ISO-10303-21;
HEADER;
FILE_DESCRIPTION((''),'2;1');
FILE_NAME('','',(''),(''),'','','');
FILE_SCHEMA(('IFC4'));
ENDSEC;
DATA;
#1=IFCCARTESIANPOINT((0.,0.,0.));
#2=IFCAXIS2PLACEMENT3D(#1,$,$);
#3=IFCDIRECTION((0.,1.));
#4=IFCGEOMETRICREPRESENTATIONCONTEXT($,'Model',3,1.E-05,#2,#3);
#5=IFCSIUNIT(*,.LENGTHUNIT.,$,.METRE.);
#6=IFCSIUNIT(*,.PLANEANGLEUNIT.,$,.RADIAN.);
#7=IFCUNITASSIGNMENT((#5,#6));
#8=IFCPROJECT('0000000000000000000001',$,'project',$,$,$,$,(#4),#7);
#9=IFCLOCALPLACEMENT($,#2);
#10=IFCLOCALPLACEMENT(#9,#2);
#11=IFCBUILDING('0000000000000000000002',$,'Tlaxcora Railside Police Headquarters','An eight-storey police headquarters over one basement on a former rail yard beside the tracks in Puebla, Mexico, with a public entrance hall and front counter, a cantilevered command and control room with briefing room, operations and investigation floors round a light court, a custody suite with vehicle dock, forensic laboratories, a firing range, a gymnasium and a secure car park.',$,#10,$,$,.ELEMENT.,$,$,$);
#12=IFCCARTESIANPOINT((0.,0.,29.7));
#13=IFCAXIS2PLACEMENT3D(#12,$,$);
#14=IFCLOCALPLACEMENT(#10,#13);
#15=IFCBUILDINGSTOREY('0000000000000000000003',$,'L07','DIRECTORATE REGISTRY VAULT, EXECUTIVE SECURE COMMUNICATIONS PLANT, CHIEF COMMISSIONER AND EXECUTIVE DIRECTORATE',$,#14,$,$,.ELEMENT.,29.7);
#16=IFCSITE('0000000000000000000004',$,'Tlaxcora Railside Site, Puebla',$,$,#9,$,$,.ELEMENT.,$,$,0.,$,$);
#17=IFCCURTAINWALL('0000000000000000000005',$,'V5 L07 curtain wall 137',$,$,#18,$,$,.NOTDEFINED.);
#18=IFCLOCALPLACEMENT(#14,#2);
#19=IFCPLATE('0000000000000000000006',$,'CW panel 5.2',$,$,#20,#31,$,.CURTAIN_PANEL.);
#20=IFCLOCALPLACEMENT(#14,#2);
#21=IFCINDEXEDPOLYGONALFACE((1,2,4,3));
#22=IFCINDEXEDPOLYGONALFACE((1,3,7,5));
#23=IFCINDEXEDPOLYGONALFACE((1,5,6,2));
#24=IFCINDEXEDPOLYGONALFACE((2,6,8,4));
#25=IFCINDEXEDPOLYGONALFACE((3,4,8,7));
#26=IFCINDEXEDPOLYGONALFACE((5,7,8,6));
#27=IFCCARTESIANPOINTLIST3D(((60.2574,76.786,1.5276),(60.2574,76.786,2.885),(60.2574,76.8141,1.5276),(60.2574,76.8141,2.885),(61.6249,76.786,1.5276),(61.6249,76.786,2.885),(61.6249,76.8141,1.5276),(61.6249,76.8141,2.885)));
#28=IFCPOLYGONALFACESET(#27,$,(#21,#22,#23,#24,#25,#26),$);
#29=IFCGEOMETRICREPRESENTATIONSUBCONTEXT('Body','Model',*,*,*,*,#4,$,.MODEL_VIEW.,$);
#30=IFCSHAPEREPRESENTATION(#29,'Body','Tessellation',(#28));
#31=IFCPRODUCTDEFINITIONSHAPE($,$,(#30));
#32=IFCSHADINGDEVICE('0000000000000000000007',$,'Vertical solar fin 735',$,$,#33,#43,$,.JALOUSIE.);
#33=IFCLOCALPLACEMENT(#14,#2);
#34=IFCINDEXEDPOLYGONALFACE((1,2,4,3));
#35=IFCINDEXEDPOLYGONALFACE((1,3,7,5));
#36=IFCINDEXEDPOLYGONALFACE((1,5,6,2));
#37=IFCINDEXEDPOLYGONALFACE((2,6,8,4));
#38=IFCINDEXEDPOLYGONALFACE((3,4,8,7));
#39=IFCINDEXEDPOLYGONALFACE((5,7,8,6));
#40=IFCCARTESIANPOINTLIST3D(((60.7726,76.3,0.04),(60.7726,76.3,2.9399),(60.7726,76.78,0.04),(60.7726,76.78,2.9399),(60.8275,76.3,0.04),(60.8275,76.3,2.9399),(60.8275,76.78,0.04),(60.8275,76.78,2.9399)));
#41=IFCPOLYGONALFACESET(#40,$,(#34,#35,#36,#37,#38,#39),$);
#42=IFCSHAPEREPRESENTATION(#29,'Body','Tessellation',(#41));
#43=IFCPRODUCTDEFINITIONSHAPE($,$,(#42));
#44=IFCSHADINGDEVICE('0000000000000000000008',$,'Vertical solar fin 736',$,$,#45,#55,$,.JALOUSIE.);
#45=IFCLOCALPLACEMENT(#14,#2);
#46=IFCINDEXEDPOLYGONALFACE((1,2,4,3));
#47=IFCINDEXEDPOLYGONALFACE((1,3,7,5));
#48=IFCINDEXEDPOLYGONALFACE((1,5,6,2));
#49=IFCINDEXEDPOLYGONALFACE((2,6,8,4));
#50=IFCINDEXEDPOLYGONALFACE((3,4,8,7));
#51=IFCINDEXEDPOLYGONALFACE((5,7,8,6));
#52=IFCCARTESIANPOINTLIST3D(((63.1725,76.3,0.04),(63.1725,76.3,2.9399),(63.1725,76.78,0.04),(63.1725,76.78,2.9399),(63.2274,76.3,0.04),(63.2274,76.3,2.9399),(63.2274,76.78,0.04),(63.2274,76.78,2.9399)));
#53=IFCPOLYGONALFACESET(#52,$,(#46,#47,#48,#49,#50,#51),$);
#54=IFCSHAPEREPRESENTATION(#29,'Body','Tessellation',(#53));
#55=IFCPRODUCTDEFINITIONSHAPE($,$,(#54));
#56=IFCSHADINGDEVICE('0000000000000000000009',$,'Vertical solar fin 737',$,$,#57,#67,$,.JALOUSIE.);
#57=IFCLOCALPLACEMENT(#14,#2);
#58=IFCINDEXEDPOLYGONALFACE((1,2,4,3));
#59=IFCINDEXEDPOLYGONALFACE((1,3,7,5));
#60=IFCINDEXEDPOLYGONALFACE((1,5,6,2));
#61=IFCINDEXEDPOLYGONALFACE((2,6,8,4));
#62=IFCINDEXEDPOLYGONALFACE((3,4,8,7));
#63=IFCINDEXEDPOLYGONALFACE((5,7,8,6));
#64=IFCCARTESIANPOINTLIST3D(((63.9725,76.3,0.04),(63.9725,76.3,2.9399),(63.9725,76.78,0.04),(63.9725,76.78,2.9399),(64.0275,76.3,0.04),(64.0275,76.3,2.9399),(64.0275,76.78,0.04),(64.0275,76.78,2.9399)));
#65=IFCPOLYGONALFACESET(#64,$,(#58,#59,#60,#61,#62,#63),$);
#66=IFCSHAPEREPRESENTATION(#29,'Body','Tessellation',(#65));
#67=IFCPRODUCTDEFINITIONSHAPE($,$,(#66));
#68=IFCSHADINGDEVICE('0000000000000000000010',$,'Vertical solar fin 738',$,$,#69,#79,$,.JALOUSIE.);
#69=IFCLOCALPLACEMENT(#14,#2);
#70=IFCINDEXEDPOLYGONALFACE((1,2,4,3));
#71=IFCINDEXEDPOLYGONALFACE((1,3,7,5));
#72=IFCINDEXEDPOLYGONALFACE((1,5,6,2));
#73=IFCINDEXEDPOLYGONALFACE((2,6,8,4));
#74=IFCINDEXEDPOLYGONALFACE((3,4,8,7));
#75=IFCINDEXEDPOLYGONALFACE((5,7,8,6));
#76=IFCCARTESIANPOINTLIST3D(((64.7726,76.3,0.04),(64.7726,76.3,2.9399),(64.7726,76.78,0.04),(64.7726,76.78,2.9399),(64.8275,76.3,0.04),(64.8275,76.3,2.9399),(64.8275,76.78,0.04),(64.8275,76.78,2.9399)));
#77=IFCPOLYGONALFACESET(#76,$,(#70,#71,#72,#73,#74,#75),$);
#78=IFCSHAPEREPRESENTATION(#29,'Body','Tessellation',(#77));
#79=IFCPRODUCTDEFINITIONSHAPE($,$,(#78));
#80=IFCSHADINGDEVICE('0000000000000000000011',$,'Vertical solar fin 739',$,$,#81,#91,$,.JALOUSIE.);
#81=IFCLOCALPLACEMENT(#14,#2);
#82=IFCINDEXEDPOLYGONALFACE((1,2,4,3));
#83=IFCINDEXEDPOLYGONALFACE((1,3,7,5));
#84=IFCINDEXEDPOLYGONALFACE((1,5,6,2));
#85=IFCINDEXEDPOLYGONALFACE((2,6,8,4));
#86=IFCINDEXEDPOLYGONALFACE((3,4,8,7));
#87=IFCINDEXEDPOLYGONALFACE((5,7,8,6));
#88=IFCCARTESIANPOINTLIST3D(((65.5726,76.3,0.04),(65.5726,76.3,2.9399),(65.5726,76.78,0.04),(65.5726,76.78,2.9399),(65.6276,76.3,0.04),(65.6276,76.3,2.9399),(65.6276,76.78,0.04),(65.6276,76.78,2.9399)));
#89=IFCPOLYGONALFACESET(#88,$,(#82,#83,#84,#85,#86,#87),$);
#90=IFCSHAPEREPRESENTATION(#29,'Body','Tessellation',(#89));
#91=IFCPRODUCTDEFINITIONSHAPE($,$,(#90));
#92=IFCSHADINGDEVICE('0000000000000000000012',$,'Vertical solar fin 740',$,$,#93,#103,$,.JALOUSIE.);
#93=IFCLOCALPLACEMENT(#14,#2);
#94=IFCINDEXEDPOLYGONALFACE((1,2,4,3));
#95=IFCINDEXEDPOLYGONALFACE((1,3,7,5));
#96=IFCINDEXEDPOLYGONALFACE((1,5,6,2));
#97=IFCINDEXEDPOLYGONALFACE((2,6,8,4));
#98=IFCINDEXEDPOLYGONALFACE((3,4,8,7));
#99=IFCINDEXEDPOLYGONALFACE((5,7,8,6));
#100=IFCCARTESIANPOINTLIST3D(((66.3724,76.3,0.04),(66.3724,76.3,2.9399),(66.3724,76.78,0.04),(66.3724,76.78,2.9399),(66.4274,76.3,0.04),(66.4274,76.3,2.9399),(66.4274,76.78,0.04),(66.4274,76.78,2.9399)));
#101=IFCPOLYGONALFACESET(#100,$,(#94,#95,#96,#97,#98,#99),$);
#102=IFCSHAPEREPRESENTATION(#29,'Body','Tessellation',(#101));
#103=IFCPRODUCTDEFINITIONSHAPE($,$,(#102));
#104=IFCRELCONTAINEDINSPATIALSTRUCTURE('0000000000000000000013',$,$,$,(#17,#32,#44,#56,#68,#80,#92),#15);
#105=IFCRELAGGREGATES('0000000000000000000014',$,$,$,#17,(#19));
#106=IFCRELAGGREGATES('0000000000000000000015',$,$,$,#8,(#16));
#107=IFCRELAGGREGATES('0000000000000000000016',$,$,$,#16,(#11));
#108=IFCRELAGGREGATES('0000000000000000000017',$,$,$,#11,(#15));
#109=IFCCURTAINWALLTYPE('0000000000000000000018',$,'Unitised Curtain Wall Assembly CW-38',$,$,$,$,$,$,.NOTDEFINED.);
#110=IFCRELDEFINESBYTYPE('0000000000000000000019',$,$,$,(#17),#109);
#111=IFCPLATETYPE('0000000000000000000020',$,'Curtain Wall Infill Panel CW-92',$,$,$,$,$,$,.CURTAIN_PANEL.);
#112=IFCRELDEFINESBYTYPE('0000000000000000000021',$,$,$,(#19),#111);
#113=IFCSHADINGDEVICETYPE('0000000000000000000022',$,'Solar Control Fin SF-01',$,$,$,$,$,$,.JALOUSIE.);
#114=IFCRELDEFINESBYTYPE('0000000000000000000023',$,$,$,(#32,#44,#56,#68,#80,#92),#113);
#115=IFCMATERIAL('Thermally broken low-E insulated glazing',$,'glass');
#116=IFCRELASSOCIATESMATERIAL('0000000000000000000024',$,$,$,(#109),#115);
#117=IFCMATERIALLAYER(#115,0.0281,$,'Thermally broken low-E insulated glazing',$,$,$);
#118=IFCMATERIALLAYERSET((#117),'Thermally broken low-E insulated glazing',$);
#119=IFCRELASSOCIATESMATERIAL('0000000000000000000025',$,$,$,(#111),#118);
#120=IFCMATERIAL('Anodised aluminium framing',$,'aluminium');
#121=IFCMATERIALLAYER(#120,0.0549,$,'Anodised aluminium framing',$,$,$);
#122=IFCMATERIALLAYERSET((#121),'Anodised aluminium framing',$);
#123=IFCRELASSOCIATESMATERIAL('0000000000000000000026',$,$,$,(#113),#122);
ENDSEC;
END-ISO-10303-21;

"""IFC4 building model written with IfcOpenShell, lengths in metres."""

from ifc_helpers import new_model, si_unit, direction, frame, origin, origin_2d, place, context, subcontext, project, spatial, rectangle, extrude, material, layer, layer_set, type_object, element, aggregate, save


model = new_model("IFC4")

# Units and contexts
model_context = context("Model", 3, precision=1e-05, world=origin(), true_north=direction((0.0, 1.0)))
body_context = subcontext(model_context, "Body", "Model", "MODEL_VIEW")
ifc_project = project(units=[si_unit("LENGTHUNIT", "METRE"), si_unit("PLANEANGLEUNIT", "RADIAN")], contexts=[model_context])

# Site, building, storey
site_placement = place(None, origin())
site = spatial("IfcSite", under=ifc_project, at=site_placement, Name="Tlaxcora Railside Site, Puebla", CompositionType="ELEMENT", RefElevation=0.0)
building_placement = place(site_placement, origin())
building = spatial("IfcBuilding", under=site, at=building_placement, Name="Tlaxcora Railside Police Headquarters", Description="An eight-storey police headquarters over one basement on a former rail yard beside the tracks in Puebla, Mexico, with a public entrance hall and front counter, a cantilevered command and control room with briefing room, operations and investigation floors round a light court, a custody suite with vehicle dock, forensic laboratories, a firing range, a gymnasium and a secure car park.", CompositionType="ELEMENT")
storey_placement = place(building_placement, frame((0.0, 0.0, 29.7)))
storey = spatial("IfcBuildingStorey", under=building, at=storey_placement, Name="L07", Description="DIRECTORATE REGISTRY VAULT, EXECUTIVE SECURE COMMUNICATIONS PLANT, CHIEF COMMISSIONER AND EXECUTIVE DIRECTORATE", CompositionType="ELEMENT", Elevation=29.7)

# Curtain wall
ifc_material_1 = material(Name="Thermally broken low-E insulated glazing", Category="glass")
curtain_wall_type_1 = type_object("IfcCurtainWallType", Name="Unitised Curtain Wall Assembly CW-38", PredefinedType="NOTDEFINED", material=ifc_material_1)
curtain_wall_1_placement = place(storey_placement, origin())
curtain_wall_1 = element("IfcCurtainWall", 1, at=curtain_wall_1_placement, inside=storey, type_object=curtain_wall_type_1, Name="V5 L07 curtain wall 137", PredefinedType="NOTDEFINED")
ifc_material_2 = material(Name="Anodised aluminium framing", Category="aluminium")

# Plate
ifc_layer_1 = layer(ifc_material_1, 0.0281, Name="Thermally broken low-E insulated glazing")
ifc_layer_set_1 = layer_set([ifc_layer_1], Name="Thermally broken low-E insulated glazing")
plate_type_1 = type_object("IfcPlateType", Name="Curtain Wall Infill Panel CW-92", PredefinedType="CURTAIN_PANEL", material=ifc_layer_set_1)
plate_1_placement = place(storey_placement, frame((60.9412, 76.8, 1.5276), z_axis=(0.0, 0.0, 1.0), x_axis=(1.0, 0.0, 0.0)))
plate_1 = element("IfcPlate", 2, at=plate_1_placement, type_object=plate_type_1, Name="CW panel 5.2", PredefinedType="CURTAIN_PANEL", context=body_context, shape_type="SweptSolid", body=[
    extrude(rectangle(XDim=1.3674, YDim=0.0281, at=origin_2d()), origin(), (0.0, 0.0, 1.0), 1.3574),
])
aggregate(curtain_wall_1, [plate_1])

# Shading devices
ifc_layer_2 = layer(ifc_material_2, 0.0549, Name="Anodised aluminium framing")
ifc_layer_set_2 = layer_set([ifc_layer_2], Name="Anodised aluminium framing")
shading_device_type = type_object("IfcShadingDeviceType", Name="Solar Control Fin SF-01", PredefinedType="JALOUSIE", material=ifc_layer_set_2)
for number, where, z_axis, x_axis, name in (
    (3, (60.8, 76.54, 0.04), (0.0, 0.0, 1.0), (0.0, -1.0, 0.0), "Vertical solar fin 735"),
    (4, (63.2, 76.54, 0.04), (0.0, 0.0, 1.0), (0.0, -1.0, 0.0), "Vertical solar fin 736"),
    (5, (64.0, 76.54, 0.04), (0.0, 0.0, 1.0), (0.0, -1.0, 0.0), "Vertical solar fin 737"),
    (6, (64.8, 76.54, 0.04), (0.0, 0.0, 1.0), (0.0, -1.0, 0.0), "Vertical solar fin 738"),
    (7, (65.6001, 76.54, 0.04), (0.0, 0.0, 1.0), (0.0, -1.0, 0.0), "Vertical solar fin 739"),
    (8, (66.3999, 76.54, 0.04), (0.0, 0.0, 1.0), (0.0, -1.0, 0.0), "Vertical solar fin 740"),
):
    element("IfcShadingDevice", number, at=place(storey_placement, frame(where, z_axis=z_axis, x_axis=x_axis)), inside=storey, type_object=shading_device_type, Name=name, PredefinedType="JALOUSIE", context=body_context, shape_type="SweptSolid", body=[
        extrude(rectangle(XDim=0.48, YDim=0.0549, at=origin_2d()), origin(), (0.0, 0.0, 1.0), 2.8999),
    ])

save(model, "model.ifc")
